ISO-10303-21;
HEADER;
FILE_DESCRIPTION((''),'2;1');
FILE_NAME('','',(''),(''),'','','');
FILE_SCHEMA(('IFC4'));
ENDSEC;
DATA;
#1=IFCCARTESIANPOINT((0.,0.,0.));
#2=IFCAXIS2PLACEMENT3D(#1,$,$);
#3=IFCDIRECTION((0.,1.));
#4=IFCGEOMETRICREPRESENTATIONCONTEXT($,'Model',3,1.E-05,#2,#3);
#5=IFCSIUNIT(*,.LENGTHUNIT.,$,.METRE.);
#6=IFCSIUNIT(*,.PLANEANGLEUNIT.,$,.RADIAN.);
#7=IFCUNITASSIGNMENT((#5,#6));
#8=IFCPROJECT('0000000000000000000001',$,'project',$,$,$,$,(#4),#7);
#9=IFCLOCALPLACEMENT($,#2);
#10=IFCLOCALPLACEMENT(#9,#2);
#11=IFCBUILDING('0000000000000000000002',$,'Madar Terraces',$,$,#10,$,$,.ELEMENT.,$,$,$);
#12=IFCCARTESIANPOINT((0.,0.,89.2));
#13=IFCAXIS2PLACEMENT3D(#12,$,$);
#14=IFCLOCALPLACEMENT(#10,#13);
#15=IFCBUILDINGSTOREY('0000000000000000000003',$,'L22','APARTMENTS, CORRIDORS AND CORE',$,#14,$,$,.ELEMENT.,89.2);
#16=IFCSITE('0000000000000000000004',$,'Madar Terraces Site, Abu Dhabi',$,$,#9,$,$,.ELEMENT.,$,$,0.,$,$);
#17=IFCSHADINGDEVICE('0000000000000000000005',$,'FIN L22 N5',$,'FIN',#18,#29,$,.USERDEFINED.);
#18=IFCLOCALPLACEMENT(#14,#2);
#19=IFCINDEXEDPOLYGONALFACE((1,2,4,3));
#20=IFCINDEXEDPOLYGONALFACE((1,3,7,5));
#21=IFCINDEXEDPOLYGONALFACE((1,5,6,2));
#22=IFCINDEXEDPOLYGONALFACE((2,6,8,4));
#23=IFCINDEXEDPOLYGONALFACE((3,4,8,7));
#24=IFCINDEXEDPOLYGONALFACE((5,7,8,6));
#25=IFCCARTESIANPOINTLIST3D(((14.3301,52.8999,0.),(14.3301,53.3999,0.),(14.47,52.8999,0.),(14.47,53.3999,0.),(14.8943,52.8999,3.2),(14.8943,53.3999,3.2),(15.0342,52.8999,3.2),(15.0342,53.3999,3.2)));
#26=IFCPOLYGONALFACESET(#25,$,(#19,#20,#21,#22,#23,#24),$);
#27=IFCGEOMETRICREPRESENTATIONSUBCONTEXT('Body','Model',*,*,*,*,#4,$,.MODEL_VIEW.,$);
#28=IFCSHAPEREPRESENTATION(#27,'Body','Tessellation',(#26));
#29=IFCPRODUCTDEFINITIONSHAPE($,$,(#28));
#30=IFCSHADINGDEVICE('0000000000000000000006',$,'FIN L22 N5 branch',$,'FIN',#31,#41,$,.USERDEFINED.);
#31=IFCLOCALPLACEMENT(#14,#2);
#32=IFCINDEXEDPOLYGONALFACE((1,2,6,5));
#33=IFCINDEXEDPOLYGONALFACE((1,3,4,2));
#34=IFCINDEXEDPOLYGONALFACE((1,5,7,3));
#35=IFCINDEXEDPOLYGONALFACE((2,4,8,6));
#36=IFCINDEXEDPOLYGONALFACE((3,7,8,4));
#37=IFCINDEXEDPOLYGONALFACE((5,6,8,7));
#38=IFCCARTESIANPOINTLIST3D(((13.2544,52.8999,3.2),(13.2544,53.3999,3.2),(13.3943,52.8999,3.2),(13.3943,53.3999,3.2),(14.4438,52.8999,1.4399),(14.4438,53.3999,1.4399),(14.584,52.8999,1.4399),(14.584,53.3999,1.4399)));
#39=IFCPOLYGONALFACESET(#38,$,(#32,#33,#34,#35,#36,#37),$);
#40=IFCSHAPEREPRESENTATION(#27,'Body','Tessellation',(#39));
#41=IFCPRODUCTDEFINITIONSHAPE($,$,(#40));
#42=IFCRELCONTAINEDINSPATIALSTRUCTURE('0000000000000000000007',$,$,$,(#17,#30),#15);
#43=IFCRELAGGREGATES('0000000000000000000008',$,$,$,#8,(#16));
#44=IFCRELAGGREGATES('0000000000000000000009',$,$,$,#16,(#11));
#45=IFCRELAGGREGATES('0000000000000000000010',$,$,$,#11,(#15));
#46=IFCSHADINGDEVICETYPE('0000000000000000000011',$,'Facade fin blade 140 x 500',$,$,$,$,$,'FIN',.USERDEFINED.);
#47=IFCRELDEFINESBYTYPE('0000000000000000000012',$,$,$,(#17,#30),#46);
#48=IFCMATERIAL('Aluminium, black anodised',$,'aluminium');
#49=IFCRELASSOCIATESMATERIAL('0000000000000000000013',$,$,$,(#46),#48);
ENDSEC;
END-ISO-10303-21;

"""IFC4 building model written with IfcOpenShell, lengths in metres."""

from ifc_helpers import new_model, si_unit, direction, frame, origin, place, context, subcontext, project, spatial, polyline, outline, extrude, material, type_object, element, save


model = new_model("IFC4")

# Units and contexts
model_context = context("Model", 3, precision=1e-05, world=origin(), true_north=direction((0.0, 1.0)))
body_context = subcontext(model_context, "Body", "Model", "MODEL_VIEW")
ifc_project = project(units=[si_unit("LENGTHUNIT", "METRE"), si_unit("PLANEANGLEUNIT", "RADIAN")], contexts=[model_context])

# Site, building, storey
site_placement = place(None, origin())
site = spatial("IfcSite", under=ifc_project, at=site_placement, Name="Madar Terraces Site, Abu Dhabi", CompositionType="ELEMENT", RefElevation=0.0)
building_placement = place(site_placement, origin())
building = spatial("IfcBuilding", under=site, at=building_placement, Name="Madar Terraces", CompositionType="ELEMENT")
storey_placement = place(building_placement, frame((0.0, 0.0, 89.2)))
storey = spatial("IfcBuildingStorey", under=building, at=storey_placement, Name="L22", Description="APARTMENTS, CORRIDORS AND CORE", CompositionType="ELEMENT", Elevation=89.2)

# Shading devices
ifc_material_1 = material(Name="Aluminium, black anodised", Category="aluminium")
shading_device_type = type_object("IfcShadingDeviceType", Name="Facade fin blade 140 x 500", ElementType="FIN", PredefinedType="USERDEFINED", material=ifc_material_1)
shading_device_1_placement = place(storey_placement, frame((14.47, 53.1499, 0.0), z_axis=(0.0, 0.0, 1.0), x_axis=(-1.0, 0.0, 0.0)))
element("IfcShadingDevice", 1, at=shading_device_1_placement, inside=storey, type_object=shading_device_type, Name="FIN L22 N5", ObjectType="FIN", PredefinedType="USERDEFINED", context=body_context, shape_type="SweptSolid", body=[
    extrude(outline(polyline([(0.0, 0.0), (0.1399, 0.0), (-0.4243, 3.2), (-0.5642, 3.2), (0.0, 0.0)])), frame((0.0, 0.25, 0.0), z_axis=(0.0, -1.0, 0.0), x_axis=(1.0, 0.0, 0.0)), (0.0, 0.0, 1.0), 0.5),
])
shading_device_2_placement = place(storey_placement, frame((14.584, 53.1499, 1.4399), z_axis=(0.0, 0.0, 1.0), x_axis=(-1.0, 0.0, 0.0)))
element("IfcShadingDevice", 2, at=shading_device_2_placement, inside=storey, type_object=shading_device_type, Name="FIN L22 N5 branch", ObjectType="FIN", PredefinedType="USERDEFINED", context=body_context, shape_type="SweptSolid", body=[
    extrude(outline(polyline([(0.0, 0.0), (0.1401, 0.0), (1.3296, 1.76), (1.1897, 1.76), (0.0, 0.0)])), frame((0.0, 0.25, 0.0), z_axis=(0.0, -1.0, 0.0), x_axis=(1.0, 0.0, 0.0)), (0.0, 0.0, 1.0), 0.5),
])

save(model, "model.ifc")
